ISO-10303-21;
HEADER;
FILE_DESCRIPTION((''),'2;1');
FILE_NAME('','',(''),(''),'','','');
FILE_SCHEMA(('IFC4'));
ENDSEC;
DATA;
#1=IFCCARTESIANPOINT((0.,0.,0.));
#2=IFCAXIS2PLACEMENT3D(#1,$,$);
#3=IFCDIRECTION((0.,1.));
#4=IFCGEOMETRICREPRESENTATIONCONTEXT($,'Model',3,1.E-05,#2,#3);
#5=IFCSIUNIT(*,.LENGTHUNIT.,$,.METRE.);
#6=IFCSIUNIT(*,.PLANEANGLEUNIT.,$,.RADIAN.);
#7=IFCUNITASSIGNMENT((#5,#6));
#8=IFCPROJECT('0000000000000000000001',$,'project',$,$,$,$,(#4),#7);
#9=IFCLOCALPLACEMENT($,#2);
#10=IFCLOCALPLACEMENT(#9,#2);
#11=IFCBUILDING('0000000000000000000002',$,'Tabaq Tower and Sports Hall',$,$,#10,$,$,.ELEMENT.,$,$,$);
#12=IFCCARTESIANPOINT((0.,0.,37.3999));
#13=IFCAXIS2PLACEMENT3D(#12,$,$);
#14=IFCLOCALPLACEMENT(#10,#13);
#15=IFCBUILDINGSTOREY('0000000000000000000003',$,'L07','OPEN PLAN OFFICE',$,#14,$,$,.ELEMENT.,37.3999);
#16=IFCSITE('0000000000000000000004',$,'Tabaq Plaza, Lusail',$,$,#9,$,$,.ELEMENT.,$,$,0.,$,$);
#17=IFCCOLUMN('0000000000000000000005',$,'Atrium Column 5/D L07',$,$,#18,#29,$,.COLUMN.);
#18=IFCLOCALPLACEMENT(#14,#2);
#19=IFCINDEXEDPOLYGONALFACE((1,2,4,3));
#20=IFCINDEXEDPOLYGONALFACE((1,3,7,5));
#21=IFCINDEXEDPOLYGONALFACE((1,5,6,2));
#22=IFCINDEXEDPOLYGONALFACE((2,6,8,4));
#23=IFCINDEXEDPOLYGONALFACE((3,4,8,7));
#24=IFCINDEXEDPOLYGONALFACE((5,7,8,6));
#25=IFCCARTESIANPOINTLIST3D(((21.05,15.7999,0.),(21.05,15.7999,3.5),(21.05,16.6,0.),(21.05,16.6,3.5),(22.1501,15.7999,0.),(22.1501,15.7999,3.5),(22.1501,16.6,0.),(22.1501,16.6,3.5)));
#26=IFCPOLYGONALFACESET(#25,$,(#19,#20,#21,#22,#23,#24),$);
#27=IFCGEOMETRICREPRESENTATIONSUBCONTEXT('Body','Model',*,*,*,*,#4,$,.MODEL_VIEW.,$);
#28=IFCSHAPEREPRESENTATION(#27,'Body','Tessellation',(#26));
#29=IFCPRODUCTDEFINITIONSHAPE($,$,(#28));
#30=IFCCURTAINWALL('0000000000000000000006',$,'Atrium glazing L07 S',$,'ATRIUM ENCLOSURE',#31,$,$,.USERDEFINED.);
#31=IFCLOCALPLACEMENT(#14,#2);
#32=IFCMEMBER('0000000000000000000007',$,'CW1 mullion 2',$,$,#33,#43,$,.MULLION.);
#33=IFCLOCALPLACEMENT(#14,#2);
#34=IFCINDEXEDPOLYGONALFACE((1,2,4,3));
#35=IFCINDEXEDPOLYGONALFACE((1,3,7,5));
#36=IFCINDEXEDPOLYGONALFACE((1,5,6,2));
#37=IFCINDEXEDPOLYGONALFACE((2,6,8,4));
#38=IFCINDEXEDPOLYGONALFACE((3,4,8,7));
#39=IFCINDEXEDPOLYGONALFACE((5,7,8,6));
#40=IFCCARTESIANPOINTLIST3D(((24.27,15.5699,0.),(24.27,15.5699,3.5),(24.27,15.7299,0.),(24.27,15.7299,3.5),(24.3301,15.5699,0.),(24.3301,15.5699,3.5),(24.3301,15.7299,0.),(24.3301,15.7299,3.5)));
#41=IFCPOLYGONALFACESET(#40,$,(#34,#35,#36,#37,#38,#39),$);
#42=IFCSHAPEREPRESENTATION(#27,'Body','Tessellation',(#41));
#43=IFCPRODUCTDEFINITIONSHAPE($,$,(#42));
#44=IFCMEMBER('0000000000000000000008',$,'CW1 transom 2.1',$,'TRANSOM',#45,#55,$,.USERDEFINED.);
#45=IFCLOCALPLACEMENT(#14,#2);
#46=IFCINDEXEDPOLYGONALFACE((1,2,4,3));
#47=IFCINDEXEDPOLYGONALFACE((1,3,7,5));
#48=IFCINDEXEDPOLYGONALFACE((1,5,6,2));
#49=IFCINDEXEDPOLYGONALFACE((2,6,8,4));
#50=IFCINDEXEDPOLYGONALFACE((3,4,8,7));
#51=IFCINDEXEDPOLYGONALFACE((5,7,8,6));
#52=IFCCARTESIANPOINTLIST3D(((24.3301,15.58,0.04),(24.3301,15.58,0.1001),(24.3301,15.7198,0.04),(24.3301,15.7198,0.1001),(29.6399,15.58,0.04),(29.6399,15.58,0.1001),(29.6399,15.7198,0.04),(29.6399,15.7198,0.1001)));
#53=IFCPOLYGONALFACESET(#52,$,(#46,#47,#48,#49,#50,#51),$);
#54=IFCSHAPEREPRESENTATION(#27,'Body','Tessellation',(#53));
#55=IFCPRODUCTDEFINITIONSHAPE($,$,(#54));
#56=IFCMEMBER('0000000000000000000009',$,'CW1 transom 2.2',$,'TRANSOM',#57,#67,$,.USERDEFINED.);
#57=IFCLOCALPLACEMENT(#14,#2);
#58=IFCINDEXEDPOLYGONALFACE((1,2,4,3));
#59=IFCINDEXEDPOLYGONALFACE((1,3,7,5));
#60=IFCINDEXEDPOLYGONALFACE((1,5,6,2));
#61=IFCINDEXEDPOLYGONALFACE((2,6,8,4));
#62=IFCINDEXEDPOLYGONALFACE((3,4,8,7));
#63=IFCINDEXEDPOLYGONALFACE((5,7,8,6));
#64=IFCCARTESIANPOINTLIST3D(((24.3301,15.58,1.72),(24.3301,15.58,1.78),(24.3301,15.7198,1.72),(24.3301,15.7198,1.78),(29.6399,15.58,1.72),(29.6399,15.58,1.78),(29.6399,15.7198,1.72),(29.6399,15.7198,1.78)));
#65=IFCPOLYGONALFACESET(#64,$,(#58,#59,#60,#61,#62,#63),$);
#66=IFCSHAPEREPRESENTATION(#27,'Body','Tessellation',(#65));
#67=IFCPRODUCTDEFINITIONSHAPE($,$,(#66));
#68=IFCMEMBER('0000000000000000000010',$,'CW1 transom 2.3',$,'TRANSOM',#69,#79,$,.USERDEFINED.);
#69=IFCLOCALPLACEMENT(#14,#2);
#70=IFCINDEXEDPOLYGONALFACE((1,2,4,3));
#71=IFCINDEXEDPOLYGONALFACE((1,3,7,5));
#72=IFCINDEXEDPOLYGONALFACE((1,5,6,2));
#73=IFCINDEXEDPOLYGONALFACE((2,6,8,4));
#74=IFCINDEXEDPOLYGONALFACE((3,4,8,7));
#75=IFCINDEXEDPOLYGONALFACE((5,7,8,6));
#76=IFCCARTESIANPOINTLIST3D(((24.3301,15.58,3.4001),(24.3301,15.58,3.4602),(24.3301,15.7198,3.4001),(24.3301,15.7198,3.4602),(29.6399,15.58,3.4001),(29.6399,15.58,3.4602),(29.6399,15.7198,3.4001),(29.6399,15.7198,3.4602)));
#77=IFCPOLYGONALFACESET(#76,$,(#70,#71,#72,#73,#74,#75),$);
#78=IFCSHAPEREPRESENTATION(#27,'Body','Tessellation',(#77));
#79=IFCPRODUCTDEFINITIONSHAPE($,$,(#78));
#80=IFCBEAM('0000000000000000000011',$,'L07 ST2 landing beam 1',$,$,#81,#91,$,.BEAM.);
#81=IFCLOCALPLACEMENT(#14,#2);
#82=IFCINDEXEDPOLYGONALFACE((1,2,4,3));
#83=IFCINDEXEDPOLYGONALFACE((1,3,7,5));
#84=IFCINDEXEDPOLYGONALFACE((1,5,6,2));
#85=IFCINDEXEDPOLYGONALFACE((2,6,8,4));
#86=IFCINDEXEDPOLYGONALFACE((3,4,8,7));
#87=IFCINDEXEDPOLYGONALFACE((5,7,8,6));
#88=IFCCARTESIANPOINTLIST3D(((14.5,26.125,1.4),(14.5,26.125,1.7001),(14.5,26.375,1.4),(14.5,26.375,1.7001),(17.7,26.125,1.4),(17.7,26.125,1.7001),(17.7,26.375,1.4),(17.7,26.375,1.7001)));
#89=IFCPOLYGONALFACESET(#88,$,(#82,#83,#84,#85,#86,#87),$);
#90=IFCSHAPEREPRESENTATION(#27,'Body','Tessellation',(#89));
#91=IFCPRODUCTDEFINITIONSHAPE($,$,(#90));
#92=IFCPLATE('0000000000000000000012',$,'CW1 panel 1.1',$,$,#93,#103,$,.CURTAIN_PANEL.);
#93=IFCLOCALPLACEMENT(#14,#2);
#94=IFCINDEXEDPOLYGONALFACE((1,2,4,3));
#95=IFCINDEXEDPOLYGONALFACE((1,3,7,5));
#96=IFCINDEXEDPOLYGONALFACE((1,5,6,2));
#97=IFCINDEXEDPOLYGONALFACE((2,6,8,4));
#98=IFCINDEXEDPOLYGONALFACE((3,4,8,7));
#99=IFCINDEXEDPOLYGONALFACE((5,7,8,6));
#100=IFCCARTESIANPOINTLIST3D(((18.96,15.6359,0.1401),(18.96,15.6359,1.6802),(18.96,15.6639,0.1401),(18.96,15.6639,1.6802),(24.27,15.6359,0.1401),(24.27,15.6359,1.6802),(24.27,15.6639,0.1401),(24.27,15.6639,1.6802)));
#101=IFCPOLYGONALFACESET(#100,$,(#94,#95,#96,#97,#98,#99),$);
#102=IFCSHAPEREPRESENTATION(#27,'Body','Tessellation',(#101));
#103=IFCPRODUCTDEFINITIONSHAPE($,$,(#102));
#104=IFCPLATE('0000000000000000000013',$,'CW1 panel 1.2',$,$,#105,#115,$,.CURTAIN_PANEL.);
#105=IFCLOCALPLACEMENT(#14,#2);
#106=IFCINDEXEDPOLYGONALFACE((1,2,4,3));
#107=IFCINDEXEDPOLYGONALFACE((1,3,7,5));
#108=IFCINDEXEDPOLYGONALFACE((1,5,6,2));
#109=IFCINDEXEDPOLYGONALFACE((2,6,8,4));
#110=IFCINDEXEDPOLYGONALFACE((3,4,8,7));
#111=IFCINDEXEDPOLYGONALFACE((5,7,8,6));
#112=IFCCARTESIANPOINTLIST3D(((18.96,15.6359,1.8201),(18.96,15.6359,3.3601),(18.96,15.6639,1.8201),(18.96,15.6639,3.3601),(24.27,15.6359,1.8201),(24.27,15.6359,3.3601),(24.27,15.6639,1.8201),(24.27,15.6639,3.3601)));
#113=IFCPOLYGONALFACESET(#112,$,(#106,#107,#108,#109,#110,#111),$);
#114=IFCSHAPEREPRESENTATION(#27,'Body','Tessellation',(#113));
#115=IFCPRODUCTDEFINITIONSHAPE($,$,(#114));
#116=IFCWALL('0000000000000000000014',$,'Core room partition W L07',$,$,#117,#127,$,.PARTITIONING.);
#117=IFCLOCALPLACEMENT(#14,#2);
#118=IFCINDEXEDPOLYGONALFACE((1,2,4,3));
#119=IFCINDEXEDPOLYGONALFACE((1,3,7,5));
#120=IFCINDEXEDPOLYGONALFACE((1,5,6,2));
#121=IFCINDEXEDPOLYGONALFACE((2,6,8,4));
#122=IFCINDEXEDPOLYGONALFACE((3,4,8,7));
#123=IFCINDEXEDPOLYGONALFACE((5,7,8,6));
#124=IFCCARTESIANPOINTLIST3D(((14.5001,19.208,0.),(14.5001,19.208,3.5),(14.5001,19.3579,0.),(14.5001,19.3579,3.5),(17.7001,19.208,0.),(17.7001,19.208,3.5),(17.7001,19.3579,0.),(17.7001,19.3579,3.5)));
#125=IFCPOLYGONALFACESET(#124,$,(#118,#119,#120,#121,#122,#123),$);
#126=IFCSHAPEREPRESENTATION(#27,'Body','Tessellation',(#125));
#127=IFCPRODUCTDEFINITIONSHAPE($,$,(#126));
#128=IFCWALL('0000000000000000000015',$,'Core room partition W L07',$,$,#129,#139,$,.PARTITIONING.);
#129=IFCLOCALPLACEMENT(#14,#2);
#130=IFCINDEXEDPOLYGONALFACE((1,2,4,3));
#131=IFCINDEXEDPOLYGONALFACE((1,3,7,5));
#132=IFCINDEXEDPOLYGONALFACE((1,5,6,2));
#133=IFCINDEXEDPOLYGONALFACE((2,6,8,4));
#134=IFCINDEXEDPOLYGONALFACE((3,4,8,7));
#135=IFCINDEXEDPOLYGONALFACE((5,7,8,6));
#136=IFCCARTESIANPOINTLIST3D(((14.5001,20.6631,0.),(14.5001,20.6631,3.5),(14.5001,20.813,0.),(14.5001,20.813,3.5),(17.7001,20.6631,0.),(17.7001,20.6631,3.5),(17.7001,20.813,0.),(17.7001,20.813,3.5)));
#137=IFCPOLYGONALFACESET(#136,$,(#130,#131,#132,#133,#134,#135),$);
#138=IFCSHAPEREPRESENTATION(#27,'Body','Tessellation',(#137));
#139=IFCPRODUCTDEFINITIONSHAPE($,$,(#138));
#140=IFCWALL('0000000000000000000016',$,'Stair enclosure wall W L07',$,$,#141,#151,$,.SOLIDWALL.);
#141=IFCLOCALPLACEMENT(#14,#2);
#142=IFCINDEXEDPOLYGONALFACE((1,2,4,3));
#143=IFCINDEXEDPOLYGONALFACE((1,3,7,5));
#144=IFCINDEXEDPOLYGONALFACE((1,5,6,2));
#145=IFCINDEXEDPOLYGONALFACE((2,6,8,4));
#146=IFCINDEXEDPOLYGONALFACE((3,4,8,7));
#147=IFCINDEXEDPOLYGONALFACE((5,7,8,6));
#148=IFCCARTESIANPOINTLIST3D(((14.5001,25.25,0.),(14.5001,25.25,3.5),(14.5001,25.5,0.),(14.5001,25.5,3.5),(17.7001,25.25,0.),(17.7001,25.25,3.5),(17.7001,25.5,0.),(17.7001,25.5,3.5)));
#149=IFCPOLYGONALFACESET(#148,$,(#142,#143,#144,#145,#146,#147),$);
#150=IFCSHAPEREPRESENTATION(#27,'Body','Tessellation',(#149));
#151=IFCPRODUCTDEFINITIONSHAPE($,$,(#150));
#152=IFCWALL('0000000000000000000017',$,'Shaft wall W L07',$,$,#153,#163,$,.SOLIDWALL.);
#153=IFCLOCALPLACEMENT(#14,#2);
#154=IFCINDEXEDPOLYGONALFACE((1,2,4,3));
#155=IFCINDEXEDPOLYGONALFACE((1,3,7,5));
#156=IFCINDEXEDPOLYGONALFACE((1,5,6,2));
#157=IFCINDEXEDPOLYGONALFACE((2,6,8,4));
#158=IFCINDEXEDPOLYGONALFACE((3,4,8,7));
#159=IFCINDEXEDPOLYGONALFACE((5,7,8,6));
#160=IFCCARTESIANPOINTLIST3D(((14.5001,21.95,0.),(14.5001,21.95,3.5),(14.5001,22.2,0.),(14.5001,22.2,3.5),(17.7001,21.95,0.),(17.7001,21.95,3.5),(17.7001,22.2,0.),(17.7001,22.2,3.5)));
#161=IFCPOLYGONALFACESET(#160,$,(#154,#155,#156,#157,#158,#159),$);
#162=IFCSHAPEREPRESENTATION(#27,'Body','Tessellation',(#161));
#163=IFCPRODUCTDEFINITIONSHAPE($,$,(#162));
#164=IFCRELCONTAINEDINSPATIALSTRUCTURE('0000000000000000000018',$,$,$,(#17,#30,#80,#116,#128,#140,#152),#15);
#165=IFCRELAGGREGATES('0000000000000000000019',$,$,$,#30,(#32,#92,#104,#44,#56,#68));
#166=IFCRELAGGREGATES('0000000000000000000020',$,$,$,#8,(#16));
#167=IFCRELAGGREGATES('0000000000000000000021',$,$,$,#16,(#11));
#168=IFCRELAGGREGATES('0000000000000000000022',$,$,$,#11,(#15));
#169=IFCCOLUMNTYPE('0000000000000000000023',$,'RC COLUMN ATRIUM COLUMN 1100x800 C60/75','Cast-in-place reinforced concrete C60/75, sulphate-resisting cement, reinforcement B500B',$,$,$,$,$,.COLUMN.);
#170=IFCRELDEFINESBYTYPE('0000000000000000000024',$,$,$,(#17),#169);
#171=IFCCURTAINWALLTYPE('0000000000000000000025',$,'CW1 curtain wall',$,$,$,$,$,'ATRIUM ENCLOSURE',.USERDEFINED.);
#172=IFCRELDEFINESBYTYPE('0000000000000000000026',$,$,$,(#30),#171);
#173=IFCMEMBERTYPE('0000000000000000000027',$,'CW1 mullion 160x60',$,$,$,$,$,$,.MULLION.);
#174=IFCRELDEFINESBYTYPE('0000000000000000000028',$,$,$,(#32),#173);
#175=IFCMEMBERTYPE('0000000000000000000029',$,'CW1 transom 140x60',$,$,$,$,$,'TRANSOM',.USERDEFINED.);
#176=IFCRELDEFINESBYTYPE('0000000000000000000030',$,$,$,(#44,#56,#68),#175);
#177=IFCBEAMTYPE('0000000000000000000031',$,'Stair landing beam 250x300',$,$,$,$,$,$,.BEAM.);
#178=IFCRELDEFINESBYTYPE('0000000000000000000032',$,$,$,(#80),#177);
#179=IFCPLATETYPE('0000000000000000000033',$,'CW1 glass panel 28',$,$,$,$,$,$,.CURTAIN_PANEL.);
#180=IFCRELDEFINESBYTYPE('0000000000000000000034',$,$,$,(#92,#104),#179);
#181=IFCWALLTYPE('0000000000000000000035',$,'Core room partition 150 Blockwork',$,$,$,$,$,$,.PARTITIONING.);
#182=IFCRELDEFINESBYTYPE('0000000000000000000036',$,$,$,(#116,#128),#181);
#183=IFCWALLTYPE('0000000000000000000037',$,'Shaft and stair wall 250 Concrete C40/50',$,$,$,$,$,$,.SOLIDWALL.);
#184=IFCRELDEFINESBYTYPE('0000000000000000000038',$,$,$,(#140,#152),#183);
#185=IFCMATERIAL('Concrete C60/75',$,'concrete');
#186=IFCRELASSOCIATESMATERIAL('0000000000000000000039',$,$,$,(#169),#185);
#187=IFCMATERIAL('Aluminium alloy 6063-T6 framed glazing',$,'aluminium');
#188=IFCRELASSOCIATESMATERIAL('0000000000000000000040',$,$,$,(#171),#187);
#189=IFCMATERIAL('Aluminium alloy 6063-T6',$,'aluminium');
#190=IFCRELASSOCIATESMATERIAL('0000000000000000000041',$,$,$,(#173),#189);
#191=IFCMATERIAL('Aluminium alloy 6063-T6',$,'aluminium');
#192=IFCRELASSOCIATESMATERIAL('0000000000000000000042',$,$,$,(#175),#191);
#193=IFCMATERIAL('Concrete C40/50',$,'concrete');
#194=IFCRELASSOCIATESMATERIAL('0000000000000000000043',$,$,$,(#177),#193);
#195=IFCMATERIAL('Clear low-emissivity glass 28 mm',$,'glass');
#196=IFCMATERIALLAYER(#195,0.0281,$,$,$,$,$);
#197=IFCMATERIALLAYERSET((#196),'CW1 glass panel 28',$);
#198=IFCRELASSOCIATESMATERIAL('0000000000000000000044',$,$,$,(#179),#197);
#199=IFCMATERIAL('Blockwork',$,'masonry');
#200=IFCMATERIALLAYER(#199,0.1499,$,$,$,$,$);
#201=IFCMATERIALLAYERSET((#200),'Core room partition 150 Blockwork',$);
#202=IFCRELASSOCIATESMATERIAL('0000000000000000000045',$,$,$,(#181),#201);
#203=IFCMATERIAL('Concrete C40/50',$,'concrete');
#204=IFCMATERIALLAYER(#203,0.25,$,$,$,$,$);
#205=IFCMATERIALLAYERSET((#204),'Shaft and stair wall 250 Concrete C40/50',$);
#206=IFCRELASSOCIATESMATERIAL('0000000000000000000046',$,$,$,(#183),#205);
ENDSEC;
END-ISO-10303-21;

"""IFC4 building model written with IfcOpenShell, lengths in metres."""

from ifc_helpers import new_model, si_unit, direction, frame, frame_2d, origin, origin_2d, place, context, subcontext, project, spatial, rectangle, extrude, material, layer, layer_set, material_profile, profile_set, type_object, element, aggregate, save


model = new_model("IFC4")

# Units and contexts
model_context = context("Model", 3, precision=1e-05, world=origin(), true_north=direction((0.0, 1.0)))
body_context = subcontext(model_context, "Body", "Model", "MODEL_VIEW")
ifc_project = project(units=[si_unit("LENGTHUNIT", "METRE"), si_unit("PLANEANGLEUNIT", "RADIAN")], contexts=[model_context])

# Site, building, storey
site_placement = place(None, origin())
site = spatial("IfcSite", under=ifc_project, at=site_placement, Name="Tabaq Plaza, Lusail", CompositionType="ELEMENT", RefElevation=0.0)
building_placement = place(site_placement, origin())
building = spatial("IfcBuilding", under=site, at=building_placement, Name="Tabaq Tower and Sports Hall", CompositionType="ELEMENT")
storey_placement = place(building_placement, frame((0.0, 0.0, 37.3999)))
storey = spatial("IfcBuildingStorey", under=building, at=storey_placement, Name="L07", Description="OPEN PLAN OFFICE", CompositionType="ELEMENT", Elevation=37.3999)

# Column
ifc_material_1 = material(Name="Concrete C60/75", Category="concrete")
ifc_material_profile_1 = material_profile(ifc_material_1, rectangle(XDim=1.1001, YDim=0.8, at=origin_2d()), Name="ATRIUM COLUMN 1100x800")
ifc_profile_set_1 = profile_set([ifc_material_profile_1], Name="Concrete C60/75")
column_type = type_object("IfcColumnType", Name="RC COLUMN ATRIUM COLUMN 1100x800 C60/75", Description="Cast-in-place reinforced concrete C60/75, sulphate-resisting cement, reinforcement B500B", PredefinedType="COLUMN", material=ifc_profile_set_1)
column_placement = place(storey_placement, frame((21.6001, 16.2, 0.0), z_axis=(0.0, 0.0, 1.0), x_axis=(1.0, 0.0, 0.0)))
element("IfcColumn", 1, at=column_placement, inside=storey, type_object=column_type, Name="Atrium Column 5/D L07", PredefinedType="COLUMN", context=body_context, shape_type="SweptSolid", body=[
    extrude(rectangle(XDim=1.1001, YDim=0.8, at=origin_2d()), origin(), (0.0, 0.0, 1.0), 3.5),
])

# Curtain wall, members
ifc_material_2 = material(Name="Aluminium alloy 6063-T6 framed glazing", Category="aluminium")
curtain_wall_type = type_object("IfcCurtainWallType", Name="CW1 curtain wall", ElementType="ATRIUM ENCLOSURE", PredefinedType="USERDEFINED", material=ifc_material_2)
curtain_wall_placement = place(storey_placement, origin())
curtain_wall = element("IfcCurtainWall", 2, at=curtain_wall_placement, inside=storey, type_object=curtain_wall_type, Name="Atrium glazing L07 S", ObjectType="ATRIUM ENCLOSURE", PredefinedType="USERDEFINED")
ifc_material_3 = material(Name="Aluminium alloy 6063-T6", Category="aluminium")
ifc_material_profile_2 = material_profile(ifc_material_3, rectangle(XDim=0.1599, YDim=0.0601, at=origin_2d()), Name="MULLION 160x60")
ifc_profile_set_2 = profile_set([ifc_material_profile_2], Name="Aluminium alloy 6063-T6")
member_type_1 = type_object("IfcMemberType", Name="CW1 mullion 160x60", PredefinedType="MULLION", material=ifc_profile_set_2)
member_1_placement = place(storey_placement, frame((24.3, 15.6499, 0.0), z_axis=(0.0, 0.0, 1.0), x_axis=(0.0, 1.0, 0.0)))
member_1 = element("IfcMember", 3, at=member_1_placement, type_object=member_type_1, Name="CW1 mullion 2", PredefinedType="MULLION", context=body_context, shape_type="SweptSolid", body=[
    extrude(rectangle(XDim=0.1599, YDim=0.0601, at=origin_2d()), origin(), (0.0, 0.0, 1.0), 3.5),
])
ifc_material_4 = material(Name="Aluminium alloy 6063-T6", Category="aluminium")
ifc_material_profile_3 = material_profile(ifc_material_4, rectangle(XDim=0.1399, YDim=0.0601, at=origin_2d()), Name="TRANSOM 140x60")
ifc_profile_set_3 = profile_set([ifc_material_profile_3], Name="Aluminium alloy 6063-T6")
member_type_2 = type_object("IfcMemberType", Name="CW1 transom 140x60", ElementType="TRANSOM", PredefinedType="USERDEFINED", material=ifc_profile_set_3)
member_2_placement = place(storey_placement, frame((24.3301, 15.6499, 0.0701), z_axis=(1.0, 0.0, 0.0), x_axis=(0.0, 1.0, 0.0)))
member_2 = element("IfcMember", 4, at=member_2_placement, type_object=member_type_2, Name="CW1 transom 2.1", ObjectType="TRANSOM", PredefinedType="USERDEFINED", context=body_context, shape_type="SweptSolid", body=[
    extrude(rectangle(XDim=0.1399, YDim=0.0601, at=origin_2d()), origin(), (0.0, 0.0, 1.0), 5.3098),
])
member_3_placement = place(storey_placement, frame((24.3301, 15.6499, 1.75), z_axis=(1.0, 0.0, 0.0), x_axis=(0.0, 1.0, 0.0)))
member_3 = element("IfcMember", 5, at=member_3_placement, type_object=member_type_2, Name="CW1 transom 2.2", ObjectType="TRANSOM", PredefinedType="USERDEFINED", context=body_context, shape_type="SweptSolid", body=[
    extrude(rectangle(XDim=0.1399, YDim=0.0601, at=origin_2d()), origin(), (0.0, 0.0, 1.0), 5.3098),
])
member_4_placement = place(storey_placement, frame((24.3301, 15.6499, 3.4302), z_axis=(1.0, 0.0, 0.0), x_axis=(0.0, 1.0, 0.0)))
member_4 = element("IfcMember", 6, at=member_4_placement, type_object=member_type_2, Name="CW1 transom 2.3", ObjectType="TRANSOM", PredefinedType="USERDEFINED", context=body_context, shape_type="SweptSolid", body=[
    extrude(rectangle(XDim=0.1399, YDim=0.0601, at=origin_2d()), origin(), (0.0, 0.0, 1.0), 5.3098),
])

# Beam
ifc_material_5 = material(Name="Concrete C40/50", Category="concrete")
ifc_material_profile_4 = material_profile(ifc_material_5, rectangle(XDim=0.25, YDim=0.3, at=origin_2d()), Name="RC 250x300")
ifc_profile_set_4 = profile_set([ifc_material_profile_4], Name="Concrete C40/50")
beam_type = type_object("IfcBeamType", Name="Stair landing beam 250x300", PredefinedType="BEAM", material=ifc_profile_set_4)
beam_placement = place(storey_placement, frame((14.5, 26.25, 1.55), z_axis=(1.0, 0.0, 0.0), x_axis=(0.0, 1.0, 0.0)))
element("IfcBeam", 7, at=beam_placement, inside=storey, type_object=beam_type, Name="L07 ST2 landing beam 1", PredefinedType="BEAM", context=body_context, shape_type="SweptSolid", body=[
    extrude(rectangle(XDim=0.25, YDim=0.3, at=origin_2d()), origin(), (0.0, 0.0, 1.0), 3.2),
])

# Plates
ifc_material_6 = material(Name="Clear low-emissivity glass 28 mm", Category="glass")
ifc_layer_1 = layer(ifc_material_6, 0.0281)
ifc_layer_set_1 = layer_set([ifc_layer_1], Name="CW1 glass panel 28")
plate_type = type_object("IfcPlateType", Name="CW1 glass panel 28", PredefinedType="CURTAIN_PANEL", material=ifc_layer_set_1)
plate_1_placement = place(storey_placement, frame((21.615, 15.6499, 0.1401), z_axis=(0.0, 0.0, 1.0), x_axis=(1.0, 0.0, 0.0)))
plate_1 = element("IfcPlate", 8, at=plate_1_placement, type_object=plate_type, Name="CW1 panel 1.1", PredefinedType="CURTAIN_PANEL", context=body_context, shape_type="SweptSolid", body=[
    extrude(rectangle(XDim=5.3101, YDim=0.0281, at=origin_2d()), origin(), (0.0, 0.0, 1.0), 1.54),
])
plate_2_placement = place(storey_placement, frame((21.615, 15.6499, 1.8201), z_axis=(0.0, 0.0, 1.0), x_axis=(1.0, 0.0, 0.0)))
plate_2 = element("IfcPlate", 9, at=plate_2_placement, type_object=plate_type, Name="CW1 panel 1.2", PredefinedType="CURTAIN_PANEL", context=body_context, shape_type="SweptSolid", body=[
    extrude(rectangle(XDim=5.3101, YDim=0.0281, at=origin_2d()), origin(), (0.0, 0.0, 1.0), 1.54),
])
aggregate(curtain_wall, [member_1, plate_1, plate_2, member_2, member_3, member_4])

# Walls
ifc_material_7 = material(Name="Blockwork", Category="masonry")
ifc_layer_2 = layer(ifc_material_7, 0.1499)
ifc_layer_set_2 = layer_set([ifc_layer_2], Name="Core room partition 150 Blockwork")
wall_type_1 = type_object("IfcWallType", Name="Core room partition 150 Blockwork", PredefinedType="PARTITIONING", material=ifc_layer_set_2)
for number, where, z_axis, x_axis, name in (
    (10, (14.5, 19.283, 0.0), (0.0, 0.0, 1.0), (1.0, 0.0, 0.0), "Core room partition W L07"),
    (11, (14.5, 20.738, 0.0), (0.0, 0.0, 1.0), (1.0, 0.0, 0.0), "Core room partition W L07"),
):
    element("IfcWall", number, at=place(storey_placement, frame(where, z_axis=z_axis, x_axis=x_axis)), inside=storey, type_object=wall_type_1, Name=name, PredefinedType="PARTITIONING", context=body_context, shape_type="SweptSolid", body=[
        extrude(rectangle(XDim=3.2, YDim=0.1499, at=frame_2d((1.6001, 0.0))), origin(), (0.0, 0.0, 1.0), 3.5),
    ])

# Walls
ifc_material_8 = material(Name="Concrete C40/50", Category="concrete")
ifc_layer_3 = layer(ifc_material_8, 0.25)
ifc_layer_set_3 = layer_set([ifc_layer_3], Name="Shaft and stair wall 250 Concrete C40/50")
wall_type_2 = type_object("IfcWallType", Name="Shaft and stair wall 250 Concrete C40/50", PredefinedType="SOLIDWALL", material=ifc_layer_set_3)
for number, where, z_axis, x_axis, name in (
    (12, (14.5, 25.375, 0.0), (0.0, 0.0, 1.0), (1.0, 0.0, 0.0), "Stair enclosure wall W L07"),
    (13, (14.5, 22.075, 0.0), (0.0, 0.0, 1.0), (1.0, 0.0, 0.0), "Shaft wall W L07"),
):
    element("IfcWall", number, at=place(storey_placement, frame(where, z_axis=z_axis, x_axis=x_axis)), inside=storey, type_object=wall_type_2, Name=name, PredefinedType="SOLIDWALL", context=body_context, shape_type="SweptSolid", body=[
        extrude(rectangle(XDim=3.2, YDim=0.25, at=frame_2d((1.6001, 0.0))), origin(), (0.0, 0.0, 1.0), 3.5),
    ])

save(model, "model.ifc")
